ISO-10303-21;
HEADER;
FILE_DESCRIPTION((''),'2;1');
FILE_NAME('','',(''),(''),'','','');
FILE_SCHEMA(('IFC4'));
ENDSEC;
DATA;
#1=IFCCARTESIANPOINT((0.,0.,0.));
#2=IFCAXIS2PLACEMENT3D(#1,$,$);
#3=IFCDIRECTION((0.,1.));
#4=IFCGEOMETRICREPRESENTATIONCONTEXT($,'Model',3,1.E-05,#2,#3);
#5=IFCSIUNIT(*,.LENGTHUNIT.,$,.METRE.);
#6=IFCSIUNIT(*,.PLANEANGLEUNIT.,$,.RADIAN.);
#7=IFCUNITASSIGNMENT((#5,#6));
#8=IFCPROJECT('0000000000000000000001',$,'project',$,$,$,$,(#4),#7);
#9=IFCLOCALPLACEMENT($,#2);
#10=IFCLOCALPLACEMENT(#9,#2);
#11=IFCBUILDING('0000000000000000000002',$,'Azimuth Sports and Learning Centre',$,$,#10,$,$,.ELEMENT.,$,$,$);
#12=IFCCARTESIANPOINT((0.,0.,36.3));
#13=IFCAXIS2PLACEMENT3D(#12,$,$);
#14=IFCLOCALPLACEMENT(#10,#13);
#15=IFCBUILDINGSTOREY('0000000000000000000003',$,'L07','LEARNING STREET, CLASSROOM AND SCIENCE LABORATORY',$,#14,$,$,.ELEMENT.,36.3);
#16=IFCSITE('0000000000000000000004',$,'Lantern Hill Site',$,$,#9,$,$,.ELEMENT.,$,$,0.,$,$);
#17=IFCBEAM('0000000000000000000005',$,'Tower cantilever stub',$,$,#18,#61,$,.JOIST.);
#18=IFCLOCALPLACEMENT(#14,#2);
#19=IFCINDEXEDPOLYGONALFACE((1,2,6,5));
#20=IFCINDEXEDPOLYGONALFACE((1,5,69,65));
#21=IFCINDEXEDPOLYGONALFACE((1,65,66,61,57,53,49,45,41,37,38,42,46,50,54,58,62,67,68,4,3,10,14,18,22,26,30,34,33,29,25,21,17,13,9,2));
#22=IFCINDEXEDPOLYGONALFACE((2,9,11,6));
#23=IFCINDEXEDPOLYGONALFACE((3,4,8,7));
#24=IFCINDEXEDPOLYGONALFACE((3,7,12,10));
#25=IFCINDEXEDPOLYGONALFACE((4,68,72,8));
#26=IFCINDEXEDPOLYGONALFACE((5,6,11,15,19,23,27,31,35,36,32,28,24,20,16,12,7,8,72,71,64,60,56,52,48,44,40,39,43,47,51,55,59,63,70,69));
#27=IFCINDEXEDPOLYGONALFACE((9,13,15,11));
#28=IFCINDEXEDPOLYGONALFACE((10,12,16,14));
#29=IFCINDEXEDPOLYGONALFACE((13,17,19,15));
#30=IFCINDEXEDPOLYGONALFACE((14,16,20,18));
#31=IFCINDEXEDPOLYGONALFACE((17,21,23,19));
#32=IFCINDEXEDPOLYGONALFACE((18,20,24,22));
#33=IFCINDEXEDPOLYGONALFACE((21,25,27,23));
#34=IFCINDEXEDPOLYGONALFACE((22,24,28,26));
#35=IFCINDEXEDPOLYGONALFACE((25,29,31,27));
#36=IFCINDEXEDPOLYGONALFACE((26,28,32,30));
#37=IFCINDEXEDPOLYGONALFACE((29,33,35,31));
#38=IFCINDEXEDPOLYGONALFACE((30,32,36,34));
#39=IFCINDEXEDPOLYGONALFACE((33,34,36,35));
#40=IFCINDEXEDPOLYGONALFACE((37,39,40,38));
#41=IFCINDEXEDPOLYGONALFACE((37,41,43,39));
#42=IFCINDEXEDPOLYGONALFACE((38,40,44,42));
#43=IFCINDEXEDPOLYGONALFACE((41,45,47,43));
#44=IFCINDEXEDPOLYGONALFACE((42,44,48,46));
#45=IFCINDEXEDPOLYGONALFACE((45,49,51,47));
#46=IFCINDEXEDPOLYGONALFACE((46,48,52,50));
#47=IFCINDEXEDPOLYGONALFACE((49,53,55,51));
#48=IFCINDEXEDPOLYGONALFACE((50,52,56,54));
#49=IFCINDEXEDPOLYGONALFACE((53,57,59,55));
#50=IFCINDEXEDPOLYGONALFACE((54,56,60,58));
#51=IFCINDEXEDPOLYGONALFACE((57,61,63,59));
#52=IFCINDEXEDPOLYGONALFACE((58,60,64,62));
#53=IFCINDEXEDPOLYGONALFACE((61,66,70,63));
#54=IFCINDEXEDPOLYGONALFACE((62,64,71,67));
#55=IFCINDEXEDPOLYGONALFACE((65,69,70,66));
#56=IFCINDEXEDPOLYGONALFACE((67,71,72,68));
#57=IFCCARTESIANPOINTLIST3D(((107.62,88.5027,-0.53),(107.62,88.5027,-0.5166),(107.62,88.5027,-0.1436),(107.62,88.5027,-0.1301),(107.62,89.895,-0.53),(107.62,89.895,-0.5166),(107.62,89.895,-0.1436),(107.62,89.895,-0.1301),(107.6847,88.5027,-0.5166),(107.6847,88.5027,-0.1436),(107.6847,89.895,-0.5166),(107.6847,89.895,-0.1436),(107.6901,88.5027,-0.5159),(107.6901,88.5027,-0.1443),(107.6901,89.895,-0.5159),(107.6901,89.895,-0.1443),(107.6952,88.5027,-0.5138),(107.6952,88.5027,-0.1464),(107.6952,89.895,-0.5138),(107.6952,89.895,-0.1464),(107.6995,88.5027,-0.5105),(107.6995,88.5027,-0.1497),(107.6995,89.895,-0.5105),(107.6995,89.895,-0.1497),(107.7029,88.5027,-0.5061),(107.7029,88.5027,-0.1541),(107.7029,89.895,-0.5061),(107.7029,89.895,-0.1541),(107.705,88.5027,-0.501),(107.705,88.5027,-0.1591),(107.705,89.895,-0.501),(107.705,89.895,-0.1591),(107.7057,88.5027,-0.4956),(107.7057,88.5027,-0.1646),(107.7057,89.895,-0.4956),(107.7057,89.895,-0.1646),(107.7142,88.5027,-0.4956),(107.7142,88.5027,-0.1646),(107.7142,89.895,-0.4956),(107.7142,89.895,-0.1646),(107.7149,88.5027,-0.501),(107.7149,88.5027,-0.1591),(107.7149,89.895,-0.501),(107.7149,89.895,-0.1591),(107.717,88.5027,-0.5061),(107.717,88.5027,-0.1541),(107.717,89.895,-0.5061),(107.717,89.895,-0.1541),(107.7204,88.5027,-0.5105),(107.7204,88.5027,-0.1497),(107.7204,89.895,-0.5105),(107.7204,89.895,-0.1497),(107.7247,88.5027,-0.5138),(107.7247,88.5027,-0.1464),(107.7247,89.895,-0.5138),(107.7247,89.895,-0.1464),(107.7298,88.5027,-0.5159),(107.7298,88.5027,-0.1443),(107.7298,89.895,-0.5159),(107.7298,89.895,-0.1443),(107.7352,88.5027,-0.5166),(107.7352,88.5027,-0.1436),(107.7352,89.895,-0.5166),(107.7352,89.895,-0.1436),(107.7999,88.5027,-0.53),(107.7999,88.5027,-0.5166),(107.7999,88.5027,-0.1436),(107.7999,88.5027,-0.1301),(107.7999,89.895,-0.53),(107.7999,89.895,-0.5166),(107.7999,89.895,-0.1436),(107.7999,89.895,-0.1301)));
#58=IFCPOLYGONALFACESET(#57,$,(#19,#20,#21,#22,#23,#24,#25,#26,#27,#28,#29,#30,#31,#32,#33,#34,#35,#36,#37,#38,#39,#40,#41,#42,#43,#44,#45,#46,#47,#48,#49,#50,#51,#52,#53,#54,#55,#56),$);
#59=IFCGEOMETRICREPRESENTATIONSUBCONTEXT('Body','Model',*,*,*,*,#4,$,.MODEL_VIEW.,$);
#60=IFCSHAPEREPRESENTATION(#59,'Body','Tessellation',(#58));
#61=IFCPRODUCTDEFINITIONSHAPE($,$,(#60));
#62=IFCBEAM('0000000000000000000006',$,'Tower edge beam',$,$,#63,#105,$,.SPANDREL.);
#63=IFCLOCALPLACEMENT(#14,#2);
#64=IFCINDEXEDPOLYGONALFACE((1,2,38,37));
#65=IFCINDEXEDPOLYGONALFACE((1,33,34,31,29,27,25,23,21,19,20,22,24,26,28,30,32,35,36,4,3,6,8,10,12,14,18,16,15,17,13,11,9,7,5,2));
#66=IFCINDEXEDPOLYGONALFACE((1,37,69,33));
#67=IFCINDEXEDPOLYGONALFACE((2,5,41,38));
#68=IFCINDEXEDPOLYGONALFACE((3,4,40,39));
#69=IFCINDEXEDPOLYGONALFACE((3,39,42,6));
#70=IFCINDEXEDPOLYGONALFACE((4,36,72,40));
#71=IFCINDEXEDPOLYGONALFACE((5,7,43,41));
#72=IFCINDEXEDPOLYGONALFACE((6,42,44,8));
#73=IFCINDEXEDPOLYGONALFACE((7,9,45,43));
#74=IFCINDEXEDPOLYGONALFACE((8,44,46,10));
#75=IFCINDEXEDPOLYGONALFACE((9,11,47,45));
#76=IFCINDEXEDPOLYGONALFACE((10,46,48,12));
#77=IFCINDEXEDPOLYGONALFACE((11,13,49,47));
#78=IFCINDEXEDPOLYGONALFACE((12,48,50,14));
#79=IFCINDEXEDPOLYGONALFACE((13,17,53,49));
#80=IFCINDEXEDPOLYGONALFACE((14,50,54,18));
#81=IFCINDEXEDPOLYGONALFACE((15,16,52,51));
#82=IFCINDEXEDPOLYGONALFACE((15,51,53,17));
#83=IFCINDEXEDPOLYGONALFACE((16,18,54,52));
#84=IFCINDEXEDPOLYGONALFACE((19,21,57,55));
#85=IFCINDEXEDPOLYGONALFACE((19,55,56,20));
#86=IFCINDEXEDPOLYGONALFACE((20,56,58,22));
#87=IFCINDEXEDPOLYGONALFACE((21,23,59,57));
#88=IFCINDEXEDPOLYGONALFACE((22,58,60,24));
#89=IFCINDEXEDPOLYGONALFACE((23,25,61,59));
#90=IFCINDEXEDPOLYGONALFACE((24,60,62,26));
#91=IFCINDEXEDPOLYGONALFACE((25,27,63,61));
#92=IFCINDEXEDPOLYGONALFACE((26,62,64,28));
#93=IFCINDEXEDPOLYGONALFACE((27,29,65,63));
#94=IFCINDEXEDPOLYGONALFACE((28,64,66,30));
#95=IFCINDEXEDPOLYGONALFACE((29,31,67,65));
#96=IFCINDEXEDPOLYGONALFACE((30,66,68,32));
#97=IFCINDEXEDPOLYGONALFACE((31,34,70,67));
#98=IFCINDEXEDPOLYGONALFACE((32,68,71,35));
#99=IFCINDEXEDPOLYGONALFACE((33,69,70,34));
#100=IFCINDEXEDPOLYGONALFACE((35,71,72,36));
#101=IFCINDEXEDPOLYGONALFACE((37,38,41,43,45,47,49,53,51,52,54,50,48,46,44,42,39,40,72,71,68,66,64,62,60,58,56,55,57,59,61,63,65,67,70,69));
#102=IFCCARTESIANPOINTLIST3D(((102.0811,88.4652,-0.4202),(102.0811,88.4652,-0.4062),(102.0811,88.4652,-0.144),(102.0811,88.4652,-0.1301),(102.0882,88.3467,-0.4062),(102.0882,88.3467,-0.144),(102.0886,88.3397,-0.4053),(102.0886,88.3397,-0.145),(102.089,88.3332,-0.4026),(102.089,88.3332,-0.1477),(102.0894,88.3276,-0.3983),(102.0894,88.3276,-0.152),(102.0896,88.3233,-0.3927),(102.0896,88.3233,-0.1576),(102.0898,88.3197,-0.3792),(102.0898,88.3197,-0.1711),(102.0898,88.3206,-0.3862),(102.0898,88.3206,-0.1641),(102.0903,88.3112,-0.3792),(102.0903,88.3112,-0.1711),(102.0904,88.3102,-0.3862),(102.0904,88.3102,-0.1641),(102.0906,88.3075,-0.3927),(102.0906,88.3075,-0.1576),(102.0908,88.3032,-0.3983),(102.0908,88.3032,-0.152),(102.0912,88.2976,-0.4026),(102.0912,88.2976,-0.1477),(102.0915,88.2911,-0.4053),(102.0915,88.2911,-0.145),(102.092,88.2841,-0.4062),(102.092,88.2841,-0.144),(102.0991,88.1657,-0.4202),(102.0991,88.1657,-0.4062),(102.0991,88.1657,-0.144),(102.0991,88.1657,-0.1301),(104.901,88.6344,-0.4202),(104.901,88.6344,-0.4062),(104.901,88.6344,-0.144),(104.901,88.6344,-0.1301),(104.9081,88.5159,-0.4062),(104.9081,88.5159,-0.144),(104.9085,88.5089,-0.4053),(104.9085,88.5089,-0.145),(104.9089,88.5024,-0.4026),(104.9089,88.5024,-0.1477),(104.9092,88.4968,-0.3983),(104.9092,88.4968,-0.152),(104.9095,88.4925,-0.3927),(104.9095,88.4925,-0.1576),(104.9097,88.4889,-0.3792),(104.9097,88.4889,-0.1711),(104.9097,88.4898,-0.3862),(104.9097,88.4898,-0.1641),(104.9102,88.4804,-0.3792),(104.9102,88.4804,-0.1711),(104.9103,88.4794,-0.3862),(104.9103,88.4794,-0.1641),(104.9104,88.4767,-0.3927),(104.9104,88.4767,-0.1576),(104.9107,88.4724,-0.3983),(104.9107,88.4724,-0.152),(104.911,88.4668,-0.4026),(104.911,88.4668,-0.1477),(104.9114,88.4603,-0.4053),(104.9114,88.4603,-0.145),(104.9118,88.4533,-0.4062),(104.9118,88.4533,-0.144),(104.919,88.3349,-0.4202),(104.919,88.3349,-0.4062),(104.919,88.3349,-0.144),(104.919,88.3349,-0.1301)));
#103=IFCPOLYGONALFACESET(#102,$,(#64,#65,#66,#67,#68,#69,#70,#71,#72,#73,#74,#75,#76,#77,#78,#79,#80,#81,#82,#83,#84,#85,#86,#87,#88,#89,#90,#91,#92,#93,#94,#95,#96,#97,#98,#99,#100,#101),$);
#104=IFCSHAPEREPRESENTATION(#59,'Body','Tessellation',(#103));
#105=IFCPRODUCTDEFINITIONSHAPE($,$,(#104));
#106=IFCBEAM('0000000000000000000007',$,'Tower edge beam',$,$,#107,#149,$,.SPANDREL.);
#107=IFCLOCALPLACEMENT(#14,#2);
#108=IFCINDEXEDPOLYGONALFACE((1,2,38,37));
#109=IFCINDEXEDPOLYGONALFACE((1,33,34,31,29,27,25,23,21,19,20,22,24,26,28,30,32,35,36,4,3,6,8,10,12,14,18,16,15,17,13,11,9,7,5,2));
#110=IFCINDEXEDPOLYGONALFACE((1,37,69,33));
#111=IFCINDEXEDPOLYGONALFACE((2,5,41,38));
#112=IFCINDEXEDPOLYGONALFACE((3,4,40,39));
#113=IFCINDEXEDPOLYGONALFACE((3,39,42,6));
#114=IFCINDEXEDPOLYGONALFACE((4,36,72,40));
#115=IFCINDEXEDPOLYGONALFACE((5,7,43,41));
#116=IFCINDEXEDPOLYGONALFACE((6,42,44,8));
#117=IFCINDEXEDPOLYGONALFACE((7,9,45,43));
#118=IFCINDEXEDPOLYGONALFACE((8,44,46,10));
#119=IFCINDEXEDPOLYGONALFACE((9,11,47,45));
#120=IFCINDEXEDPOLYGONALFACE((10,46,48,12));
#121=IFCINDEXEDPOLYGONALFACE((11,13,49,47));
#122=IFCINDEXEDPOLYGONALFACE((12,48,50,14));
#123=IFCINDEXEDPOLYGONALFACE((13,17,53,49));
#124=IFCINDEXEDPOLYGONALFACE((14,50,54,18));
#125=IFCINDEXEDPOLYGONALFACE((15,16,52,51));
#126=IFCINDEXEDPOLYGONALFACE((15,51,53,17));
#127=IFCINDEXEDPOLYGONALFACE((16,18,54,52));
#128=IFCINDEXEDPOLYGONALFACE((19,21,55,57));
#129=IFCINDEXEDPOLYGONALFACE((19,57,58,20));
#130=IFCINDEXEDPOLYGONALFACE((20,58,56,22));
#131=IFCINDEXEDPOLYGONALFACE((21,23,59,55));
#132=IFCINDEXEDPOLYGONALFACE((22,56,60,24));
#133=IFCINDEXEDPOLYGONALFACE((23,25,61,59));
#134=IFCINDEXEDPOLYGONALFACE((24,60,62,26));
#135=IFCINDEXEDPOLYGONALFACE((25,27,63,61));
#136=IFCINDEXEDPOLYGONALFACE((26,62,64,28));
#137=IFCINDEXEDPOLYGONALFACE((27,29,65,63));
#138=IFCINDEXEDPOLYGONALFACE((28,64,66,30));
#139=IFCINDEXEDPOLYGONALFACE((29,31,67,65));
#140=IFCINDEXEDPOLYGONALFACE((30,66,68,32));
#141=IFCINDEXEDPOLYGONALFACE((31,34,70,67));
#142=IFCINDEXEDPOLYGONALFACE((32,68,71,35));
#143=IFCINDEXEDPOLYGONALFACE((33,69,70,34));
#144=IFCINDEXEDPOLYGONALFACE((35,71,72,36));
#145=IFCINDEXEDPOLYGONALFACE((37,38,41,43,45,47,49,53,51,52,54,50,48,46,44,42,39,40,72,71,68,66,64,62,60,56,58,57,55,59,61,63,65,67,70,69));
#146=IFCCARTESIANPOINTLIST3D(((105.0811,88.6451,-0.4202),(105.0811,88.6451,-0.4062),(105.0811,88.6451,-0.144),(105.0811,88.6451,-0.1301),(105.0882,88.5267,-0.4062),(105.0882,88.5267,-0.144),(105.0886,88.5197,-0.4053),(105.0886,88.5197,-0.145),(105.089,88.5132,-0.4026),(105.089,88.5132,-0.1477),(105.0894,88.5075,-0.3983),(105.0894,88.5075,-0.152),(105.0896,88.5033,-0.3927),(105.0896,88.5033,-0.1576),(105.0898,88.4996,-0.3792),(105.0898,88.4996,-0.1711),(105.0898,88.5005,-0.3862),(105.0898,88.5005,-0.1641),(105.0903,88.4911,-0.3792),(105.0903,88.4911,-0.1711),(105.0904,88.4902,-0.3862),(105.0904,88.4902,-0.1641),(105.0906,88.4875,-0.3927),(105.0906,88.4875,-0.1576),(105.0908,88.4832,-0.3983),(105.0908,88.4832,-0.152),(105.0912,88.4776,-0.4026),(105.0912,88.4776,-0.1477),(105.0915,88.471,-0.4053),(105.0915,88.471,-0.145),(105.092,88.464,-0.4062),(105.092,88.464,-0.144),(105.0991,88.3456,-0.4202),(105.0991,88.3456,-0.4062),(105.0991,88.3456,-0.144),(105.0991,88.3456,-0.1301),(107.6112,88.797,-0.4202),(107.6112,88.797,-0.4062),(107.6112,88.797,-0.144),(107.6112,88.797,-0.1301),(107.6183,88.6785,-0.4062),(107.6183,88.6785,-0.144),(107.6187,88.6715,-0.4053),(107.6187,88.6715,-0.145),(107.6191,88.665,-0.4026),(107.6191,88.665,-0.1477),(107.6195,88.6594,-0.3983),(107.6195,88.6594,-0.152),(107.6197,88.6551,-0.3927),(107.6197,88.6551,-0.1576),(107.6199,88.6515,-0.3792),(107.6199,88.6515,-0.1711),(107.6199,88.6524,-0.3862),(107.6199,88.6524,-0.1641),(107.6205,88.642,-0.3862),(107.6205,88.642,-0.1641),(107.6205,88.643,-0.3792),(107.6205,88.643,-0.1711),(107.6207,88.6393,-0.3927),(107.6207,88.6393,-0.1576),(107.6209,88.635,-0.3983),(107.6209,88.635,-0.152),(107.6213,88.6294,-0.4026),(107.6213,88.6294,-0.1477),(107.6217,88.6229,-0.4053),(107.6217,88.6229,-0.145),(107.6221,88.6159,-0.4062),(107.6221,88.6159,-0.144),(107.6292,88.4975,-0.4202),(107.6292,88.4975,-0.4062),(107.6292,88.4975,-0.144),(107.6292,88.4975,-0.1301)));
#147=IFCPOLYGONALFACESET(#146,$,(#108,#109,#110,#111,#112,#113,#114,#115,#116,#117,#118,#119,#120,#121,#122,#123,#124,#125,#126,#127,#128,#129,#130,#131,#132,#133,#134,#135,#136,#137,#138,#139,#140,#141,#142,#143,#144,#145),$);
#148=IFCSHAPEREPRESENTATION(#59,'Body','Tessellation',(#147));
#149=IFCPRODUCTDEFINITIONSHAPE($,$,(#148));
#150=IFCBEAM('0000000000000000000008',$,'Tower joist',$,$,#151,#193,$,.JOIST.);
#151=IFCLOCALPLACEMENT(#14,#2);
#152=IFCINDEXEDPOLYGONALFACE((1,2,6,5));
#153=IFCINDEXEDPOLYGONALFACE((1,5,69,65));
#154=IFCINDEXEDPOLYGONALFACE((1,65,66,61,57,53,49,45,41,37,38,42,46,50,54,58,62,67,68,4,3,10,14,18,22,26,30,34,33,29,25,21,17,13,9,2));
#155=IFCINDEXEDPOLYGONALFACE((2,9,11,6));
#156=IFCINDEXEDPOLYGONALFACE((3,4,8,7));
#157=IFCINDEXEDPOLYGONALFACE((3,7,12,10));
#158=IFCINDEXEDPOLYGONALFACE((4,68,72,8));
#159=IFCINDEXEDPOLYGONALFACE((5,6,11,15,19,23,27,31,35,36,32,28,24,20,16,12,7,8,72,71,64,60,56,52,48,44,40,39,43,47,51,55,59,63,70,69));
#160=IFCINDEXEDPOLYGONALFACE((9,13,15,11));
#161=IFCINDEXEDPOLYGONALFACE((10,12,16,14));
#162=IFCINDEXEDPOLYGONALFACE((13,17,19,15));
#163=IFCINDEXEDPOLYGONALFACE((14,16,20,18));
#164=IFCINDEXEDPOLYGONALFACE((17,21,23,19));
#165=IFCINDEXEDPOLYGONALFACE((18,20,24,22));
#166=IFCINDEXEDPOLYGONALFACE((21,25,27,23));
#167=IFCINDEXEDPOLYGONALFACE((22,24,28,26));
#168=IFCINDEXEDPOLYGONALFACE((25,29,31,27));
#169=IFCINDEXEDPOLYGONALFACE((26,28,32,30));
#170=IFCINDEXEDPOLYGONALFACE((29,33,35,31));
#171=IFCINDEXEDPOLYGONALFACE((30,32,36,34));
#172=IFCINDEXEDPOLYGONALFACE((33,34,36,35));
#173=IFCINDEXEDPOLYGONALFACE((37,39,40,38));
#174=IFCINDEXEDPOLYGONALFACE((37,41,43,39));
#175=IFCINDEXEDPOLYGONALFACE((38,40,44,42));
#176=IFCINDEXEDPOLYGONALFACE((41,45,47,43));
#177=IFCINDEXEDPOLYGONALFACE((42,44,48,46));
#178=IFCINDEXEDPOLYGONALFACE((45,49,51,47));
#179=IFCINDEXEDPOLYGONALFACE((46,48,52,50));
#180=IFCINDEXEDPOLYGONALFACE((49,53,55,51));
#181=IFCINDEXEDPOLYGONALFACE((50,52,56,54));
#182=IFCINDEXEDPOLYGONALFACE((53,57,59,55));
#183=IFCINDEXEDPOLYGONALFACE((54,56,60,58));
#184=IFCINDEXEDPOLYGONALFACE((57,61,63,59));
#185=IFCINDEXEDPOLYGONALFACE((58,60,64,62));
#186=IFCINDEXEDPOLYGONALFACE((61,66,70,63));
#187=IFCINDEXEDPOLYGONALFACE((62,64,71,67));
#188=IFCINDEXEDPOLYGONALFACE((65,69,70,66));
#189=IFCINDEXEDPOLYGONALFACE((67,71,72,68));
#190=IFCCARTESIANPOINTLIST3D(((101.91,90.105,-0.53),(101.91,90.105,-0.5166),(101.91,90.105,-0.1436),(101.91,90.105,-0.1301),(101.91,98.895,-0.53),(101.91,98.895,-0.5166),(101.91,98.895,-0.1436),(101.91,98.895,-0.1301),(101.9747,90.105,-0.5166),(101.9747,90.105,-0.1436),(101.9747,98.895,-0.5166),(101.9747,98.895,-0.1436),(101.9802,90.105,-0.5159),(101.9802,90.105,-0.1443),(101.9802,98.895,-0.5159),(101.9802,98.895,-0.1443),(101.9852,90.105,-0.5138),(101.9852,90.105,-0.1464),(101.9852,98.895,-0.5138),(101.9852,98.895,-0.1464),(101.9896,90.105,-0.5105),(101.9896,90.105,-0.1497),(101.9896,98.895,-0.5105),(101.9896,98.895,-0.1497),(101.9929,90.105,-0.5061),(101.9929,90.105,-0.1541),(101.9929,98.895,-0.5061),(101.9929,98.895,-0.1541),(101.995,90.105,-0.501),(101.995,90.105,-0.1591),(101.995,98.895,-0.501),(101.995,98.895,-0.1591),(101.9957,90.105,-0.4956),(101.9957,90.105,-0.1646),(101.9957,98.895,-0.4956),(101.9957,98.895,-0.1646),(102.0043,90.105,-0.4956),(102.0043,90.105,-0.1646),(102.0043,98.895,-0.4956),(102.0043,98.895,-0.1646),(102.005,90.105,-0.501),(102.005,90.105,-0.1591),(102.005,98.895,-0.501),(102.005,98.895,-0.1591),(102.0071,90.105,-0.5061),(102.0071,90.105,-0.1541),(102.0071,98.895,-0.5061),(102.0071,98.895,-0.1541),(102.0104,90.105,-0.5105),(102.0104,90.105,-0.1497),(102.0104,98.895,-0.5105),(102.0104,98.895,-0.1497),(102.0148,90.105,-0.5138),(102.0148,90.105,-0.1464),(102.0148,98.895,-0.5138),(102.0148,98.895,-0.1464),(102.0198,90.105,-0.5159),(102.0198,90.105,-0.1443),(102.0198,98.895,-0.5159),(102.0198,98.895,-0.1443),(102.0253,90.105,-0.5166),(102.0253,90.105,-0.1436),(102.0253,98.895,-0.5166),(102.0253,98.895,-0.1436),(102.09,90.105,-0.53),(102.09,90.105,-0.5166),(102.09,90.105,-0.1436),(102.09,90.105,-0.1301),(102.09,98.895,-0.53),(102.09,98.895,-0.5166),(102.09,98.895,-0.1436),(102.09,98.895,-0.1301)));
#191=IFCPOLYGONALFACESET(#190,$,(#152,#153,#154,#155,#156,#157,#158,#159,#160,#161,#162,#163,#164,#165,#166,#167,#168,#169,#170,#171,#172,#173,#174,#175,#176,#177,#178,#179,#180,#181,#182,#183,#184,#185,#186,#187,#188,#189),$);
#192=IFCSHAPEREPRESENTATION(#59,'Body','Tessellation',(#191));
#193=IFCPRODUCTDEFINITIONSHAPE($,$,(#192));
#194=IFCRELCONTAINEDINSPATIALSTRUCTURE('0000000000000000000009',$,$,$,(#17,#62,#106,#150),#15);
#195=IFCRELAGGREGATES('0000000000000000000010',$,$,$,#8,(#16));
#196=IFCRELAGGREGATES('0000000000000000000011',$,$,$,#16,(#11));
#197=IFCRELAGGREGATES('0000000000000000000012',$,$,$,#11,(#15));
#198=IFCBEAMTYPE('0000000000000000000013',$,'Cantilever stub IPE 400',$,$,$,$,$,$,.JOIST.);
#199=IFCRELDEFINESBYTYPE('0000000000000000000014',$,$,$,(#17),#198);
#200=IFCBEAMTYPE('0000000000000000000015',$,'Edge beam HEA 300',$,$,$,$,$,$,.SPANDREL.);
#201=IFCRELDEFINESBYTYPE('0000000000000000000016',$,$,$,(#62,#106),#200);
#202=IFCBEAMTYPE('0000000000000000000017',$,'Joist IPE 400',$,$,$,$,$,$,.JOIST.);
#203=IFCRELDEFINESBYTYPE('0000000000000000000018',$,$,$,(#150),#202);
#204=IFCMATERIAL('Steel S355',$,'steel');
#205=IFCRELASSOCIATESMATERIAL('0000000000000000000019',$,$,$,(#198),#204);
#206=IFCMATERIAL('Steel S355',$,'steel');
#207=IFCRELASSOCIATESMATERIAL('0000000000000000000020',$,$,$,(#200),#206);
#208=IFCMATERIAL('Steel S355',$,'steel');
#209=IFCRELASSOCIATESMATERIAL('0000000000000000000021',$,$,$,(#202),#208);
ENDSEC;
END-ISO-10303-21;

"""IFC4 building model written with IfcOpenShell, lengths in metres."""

from ifc_helpers import new_model, si_unit, direction, frame, origin, origin_2d, place, context, subcontext, project, spatial, i_section, extrude, material, material_profile, profile_set, type_object, element, save


model = new_model("IFC4")

# Units and contexts
model_context = context("Model", 3, precision=1e-05, world=origin(), true_north=direction((0.0, 1.0)))
body_context = subcontext(model_context, "Body", "Model", "MODEL_VIEW")
ifc_project = project(units=[si_unit("LENGTHUNIT", "METRE"), si_unit("PLANEANGLEUNIT", "RADIAN")], contexts=[model_context])

# Site, building, storey
site_placement = place(None, origin())
site = spatial("IfcSite", under=ifc_project, at=site_placement, Name="Lantern Hill Site", CompositionType="ELEMENT", RefElevation=0.0)
building_placement = place(site_placement, origin())
building = spatial("IfcBuilding", under=site, at=building_placement, Name="Azimuth Sports and Learning Centre", CompositionType="ELEMENT")
storey_placement = place(building_placement, frame((0.0, 0.0, 36.3)))
storey = spatial("IfcBuildingStorey", under=building, at=storey_placement, Name="L07", Description="LEARNING STREET, CLASSROOM AND SCIENCE LABORATORY", CompositionType="ELEMENT", Elevation=36.3)

# Beams
ifc_material_1 = material(Name="Steel S355", Category="steel")
ifc_material_profile_1 = material_profile(ifc_material_1, i_section(OverallWidth=0.1799, OverallDepth=0.3999, WebThickness=0.0085, FlangeThickness=0.0134, FilletRadius=0.021, at=origin_2d()), Name="IPE 400")
ifc_profile_set_1 = profile_set([ifc_material_profile_1], Name="Steel S355")
beam_type_1 = type_object("IfcBeamType", Name="Cantilever stub IPE 400", PredefinedType="JOIST", material=ifc_profile_set_1)
beam_1_placement = place(storey_placement, frame((107.71, 89.895, -0.3301), z_axis=(0.0, -1.0, 0.0), x_axis=(1.0, 0.0, 0.0)))
element("IfcBeam", 1, at=beam_1_placement, inside=storey, type_object=beam_type_1, Name="Tower cantilever stub", PredefinedType="JOIST", context=body_context, shape_type="SweptSolid", body=[
    extrude(i_section(OverallWidth=0.1799, OverallDepth=0.3999, WebThickness=0.0085, FlangeThickness=0.0134, FilletRadius=0.021, at=origin_2d()), origin(), (0.0, 0.0, 1.0), 1.3923),
])
ifc_material_2 = material(Name="Steel S355", Category="steel")
ifc_material_profile_2 = material_profile(ifc_material_2, i_section(OverallWidth=0.3, OverallDepth=0.29, WebThickness=0.0085, FlangeThickness=0.0139, FilletRadius=0.0271, at=origin_2d()), Name="HEA 300")
ifc_profile_set_2 = profile_set([ifc_material_profile_2], Name="Steel S355")
beam_type_2 = type_object("IfcBeamType", Name="Edge beam HEA 300", PredefinedType="SPANDREL", material=ifc_profile_set_2)
beam_2_placement = place(storey_placement, frame((102.0901, 88.3154, -0.2751), z_axis=(0.998205, 0.059892, 0.0), x_axis=(-0.059892, 0.998205, 0.0)))
element("IfcBeam", 2, at=beam_2_placement, inside=storey, type_object=beam_type_2, Name="Tower edge beam", PredefinedType="SPANDREL", context=body_context, shape_type="SweptSolid", body=[
    extrude(i_section(OverallWidth=0.3, OverallDepth=0.29, WebThickness=0.0085, FlangeThickness=0.0139, FilletRadius=0.0271, at=origin_2d()), origin(), (0.0, 0.0, 1.0), 2.825),
])
beam_3_placement = place(storey_placement, frame((105.0901, 88.4954, -0.2751), z_axis=(0.998204, 0.059913, 0.0), x_axis=(-0.059913, 0.998204, 0.0)))
element("IfcBeam", 3, at=beam_3_placement, inside=storey, type_object=beam_type_2, Name="Tower edge beam", PredefinedType="SPANDREL", context=body_context, shape_type="SweptSolid", body=[
    extrude(i_section(OverallWidth=0.3, OverallDepth=0.29, WebThickness=0.0085, FlangeThickness=0.0139, FilletRadius=0.0271, at=origin_2d()), origin(), (0.0, 0.0, 1.0), 2.5347),
])
ifc_material_3 = material(Name="Steel S355", Category="steel")
ifc_material_profile_3 = material_profile(ifc_material_3, i_section(OverallWidth=0.1799, OverallDepth=0.3999, WebThickness=0.0085, FlangeThickness=0.0134, FilletRadius=0.021, at=origin_2d()), Name="IPE 400")
ifc_profile_set_3 = profile_set([ifc_material_profile_3], Name="Steel S355")
beam_type_3 = type_object("IfcBeamType", Name="Joist IPE 400", PredefinedType="JOIST", material=ifc_profile_set_3)
for number, where, z_axis, x_axis, name in (
    (4, (102.0, 90.105, -0.3301), (0.0, 1.0, 0.0), (-1.0, 0.0, 0.0), "Tower joist"),
):
    element("IfcBeam", number, at=place(storey_placement, frame(where, z_axis=z_axis, x_axis=x_axis)), inside=storey, type_object=beam_type_3, Name=name, PredefinedType="JOIST", context=body_context, shape_type="SweptSolid", body=[
        extrude(i_section(OverallWidth=0.1799, OverallDepth=0.3999, WebThickness=0.0085, FlangeThickness=0.0134, FilletRadius=0.021, at=origin_2d()), origin(), (0.0, 0.0, 1.0), 8.79),
    ])

save(model, "model.ifc")
